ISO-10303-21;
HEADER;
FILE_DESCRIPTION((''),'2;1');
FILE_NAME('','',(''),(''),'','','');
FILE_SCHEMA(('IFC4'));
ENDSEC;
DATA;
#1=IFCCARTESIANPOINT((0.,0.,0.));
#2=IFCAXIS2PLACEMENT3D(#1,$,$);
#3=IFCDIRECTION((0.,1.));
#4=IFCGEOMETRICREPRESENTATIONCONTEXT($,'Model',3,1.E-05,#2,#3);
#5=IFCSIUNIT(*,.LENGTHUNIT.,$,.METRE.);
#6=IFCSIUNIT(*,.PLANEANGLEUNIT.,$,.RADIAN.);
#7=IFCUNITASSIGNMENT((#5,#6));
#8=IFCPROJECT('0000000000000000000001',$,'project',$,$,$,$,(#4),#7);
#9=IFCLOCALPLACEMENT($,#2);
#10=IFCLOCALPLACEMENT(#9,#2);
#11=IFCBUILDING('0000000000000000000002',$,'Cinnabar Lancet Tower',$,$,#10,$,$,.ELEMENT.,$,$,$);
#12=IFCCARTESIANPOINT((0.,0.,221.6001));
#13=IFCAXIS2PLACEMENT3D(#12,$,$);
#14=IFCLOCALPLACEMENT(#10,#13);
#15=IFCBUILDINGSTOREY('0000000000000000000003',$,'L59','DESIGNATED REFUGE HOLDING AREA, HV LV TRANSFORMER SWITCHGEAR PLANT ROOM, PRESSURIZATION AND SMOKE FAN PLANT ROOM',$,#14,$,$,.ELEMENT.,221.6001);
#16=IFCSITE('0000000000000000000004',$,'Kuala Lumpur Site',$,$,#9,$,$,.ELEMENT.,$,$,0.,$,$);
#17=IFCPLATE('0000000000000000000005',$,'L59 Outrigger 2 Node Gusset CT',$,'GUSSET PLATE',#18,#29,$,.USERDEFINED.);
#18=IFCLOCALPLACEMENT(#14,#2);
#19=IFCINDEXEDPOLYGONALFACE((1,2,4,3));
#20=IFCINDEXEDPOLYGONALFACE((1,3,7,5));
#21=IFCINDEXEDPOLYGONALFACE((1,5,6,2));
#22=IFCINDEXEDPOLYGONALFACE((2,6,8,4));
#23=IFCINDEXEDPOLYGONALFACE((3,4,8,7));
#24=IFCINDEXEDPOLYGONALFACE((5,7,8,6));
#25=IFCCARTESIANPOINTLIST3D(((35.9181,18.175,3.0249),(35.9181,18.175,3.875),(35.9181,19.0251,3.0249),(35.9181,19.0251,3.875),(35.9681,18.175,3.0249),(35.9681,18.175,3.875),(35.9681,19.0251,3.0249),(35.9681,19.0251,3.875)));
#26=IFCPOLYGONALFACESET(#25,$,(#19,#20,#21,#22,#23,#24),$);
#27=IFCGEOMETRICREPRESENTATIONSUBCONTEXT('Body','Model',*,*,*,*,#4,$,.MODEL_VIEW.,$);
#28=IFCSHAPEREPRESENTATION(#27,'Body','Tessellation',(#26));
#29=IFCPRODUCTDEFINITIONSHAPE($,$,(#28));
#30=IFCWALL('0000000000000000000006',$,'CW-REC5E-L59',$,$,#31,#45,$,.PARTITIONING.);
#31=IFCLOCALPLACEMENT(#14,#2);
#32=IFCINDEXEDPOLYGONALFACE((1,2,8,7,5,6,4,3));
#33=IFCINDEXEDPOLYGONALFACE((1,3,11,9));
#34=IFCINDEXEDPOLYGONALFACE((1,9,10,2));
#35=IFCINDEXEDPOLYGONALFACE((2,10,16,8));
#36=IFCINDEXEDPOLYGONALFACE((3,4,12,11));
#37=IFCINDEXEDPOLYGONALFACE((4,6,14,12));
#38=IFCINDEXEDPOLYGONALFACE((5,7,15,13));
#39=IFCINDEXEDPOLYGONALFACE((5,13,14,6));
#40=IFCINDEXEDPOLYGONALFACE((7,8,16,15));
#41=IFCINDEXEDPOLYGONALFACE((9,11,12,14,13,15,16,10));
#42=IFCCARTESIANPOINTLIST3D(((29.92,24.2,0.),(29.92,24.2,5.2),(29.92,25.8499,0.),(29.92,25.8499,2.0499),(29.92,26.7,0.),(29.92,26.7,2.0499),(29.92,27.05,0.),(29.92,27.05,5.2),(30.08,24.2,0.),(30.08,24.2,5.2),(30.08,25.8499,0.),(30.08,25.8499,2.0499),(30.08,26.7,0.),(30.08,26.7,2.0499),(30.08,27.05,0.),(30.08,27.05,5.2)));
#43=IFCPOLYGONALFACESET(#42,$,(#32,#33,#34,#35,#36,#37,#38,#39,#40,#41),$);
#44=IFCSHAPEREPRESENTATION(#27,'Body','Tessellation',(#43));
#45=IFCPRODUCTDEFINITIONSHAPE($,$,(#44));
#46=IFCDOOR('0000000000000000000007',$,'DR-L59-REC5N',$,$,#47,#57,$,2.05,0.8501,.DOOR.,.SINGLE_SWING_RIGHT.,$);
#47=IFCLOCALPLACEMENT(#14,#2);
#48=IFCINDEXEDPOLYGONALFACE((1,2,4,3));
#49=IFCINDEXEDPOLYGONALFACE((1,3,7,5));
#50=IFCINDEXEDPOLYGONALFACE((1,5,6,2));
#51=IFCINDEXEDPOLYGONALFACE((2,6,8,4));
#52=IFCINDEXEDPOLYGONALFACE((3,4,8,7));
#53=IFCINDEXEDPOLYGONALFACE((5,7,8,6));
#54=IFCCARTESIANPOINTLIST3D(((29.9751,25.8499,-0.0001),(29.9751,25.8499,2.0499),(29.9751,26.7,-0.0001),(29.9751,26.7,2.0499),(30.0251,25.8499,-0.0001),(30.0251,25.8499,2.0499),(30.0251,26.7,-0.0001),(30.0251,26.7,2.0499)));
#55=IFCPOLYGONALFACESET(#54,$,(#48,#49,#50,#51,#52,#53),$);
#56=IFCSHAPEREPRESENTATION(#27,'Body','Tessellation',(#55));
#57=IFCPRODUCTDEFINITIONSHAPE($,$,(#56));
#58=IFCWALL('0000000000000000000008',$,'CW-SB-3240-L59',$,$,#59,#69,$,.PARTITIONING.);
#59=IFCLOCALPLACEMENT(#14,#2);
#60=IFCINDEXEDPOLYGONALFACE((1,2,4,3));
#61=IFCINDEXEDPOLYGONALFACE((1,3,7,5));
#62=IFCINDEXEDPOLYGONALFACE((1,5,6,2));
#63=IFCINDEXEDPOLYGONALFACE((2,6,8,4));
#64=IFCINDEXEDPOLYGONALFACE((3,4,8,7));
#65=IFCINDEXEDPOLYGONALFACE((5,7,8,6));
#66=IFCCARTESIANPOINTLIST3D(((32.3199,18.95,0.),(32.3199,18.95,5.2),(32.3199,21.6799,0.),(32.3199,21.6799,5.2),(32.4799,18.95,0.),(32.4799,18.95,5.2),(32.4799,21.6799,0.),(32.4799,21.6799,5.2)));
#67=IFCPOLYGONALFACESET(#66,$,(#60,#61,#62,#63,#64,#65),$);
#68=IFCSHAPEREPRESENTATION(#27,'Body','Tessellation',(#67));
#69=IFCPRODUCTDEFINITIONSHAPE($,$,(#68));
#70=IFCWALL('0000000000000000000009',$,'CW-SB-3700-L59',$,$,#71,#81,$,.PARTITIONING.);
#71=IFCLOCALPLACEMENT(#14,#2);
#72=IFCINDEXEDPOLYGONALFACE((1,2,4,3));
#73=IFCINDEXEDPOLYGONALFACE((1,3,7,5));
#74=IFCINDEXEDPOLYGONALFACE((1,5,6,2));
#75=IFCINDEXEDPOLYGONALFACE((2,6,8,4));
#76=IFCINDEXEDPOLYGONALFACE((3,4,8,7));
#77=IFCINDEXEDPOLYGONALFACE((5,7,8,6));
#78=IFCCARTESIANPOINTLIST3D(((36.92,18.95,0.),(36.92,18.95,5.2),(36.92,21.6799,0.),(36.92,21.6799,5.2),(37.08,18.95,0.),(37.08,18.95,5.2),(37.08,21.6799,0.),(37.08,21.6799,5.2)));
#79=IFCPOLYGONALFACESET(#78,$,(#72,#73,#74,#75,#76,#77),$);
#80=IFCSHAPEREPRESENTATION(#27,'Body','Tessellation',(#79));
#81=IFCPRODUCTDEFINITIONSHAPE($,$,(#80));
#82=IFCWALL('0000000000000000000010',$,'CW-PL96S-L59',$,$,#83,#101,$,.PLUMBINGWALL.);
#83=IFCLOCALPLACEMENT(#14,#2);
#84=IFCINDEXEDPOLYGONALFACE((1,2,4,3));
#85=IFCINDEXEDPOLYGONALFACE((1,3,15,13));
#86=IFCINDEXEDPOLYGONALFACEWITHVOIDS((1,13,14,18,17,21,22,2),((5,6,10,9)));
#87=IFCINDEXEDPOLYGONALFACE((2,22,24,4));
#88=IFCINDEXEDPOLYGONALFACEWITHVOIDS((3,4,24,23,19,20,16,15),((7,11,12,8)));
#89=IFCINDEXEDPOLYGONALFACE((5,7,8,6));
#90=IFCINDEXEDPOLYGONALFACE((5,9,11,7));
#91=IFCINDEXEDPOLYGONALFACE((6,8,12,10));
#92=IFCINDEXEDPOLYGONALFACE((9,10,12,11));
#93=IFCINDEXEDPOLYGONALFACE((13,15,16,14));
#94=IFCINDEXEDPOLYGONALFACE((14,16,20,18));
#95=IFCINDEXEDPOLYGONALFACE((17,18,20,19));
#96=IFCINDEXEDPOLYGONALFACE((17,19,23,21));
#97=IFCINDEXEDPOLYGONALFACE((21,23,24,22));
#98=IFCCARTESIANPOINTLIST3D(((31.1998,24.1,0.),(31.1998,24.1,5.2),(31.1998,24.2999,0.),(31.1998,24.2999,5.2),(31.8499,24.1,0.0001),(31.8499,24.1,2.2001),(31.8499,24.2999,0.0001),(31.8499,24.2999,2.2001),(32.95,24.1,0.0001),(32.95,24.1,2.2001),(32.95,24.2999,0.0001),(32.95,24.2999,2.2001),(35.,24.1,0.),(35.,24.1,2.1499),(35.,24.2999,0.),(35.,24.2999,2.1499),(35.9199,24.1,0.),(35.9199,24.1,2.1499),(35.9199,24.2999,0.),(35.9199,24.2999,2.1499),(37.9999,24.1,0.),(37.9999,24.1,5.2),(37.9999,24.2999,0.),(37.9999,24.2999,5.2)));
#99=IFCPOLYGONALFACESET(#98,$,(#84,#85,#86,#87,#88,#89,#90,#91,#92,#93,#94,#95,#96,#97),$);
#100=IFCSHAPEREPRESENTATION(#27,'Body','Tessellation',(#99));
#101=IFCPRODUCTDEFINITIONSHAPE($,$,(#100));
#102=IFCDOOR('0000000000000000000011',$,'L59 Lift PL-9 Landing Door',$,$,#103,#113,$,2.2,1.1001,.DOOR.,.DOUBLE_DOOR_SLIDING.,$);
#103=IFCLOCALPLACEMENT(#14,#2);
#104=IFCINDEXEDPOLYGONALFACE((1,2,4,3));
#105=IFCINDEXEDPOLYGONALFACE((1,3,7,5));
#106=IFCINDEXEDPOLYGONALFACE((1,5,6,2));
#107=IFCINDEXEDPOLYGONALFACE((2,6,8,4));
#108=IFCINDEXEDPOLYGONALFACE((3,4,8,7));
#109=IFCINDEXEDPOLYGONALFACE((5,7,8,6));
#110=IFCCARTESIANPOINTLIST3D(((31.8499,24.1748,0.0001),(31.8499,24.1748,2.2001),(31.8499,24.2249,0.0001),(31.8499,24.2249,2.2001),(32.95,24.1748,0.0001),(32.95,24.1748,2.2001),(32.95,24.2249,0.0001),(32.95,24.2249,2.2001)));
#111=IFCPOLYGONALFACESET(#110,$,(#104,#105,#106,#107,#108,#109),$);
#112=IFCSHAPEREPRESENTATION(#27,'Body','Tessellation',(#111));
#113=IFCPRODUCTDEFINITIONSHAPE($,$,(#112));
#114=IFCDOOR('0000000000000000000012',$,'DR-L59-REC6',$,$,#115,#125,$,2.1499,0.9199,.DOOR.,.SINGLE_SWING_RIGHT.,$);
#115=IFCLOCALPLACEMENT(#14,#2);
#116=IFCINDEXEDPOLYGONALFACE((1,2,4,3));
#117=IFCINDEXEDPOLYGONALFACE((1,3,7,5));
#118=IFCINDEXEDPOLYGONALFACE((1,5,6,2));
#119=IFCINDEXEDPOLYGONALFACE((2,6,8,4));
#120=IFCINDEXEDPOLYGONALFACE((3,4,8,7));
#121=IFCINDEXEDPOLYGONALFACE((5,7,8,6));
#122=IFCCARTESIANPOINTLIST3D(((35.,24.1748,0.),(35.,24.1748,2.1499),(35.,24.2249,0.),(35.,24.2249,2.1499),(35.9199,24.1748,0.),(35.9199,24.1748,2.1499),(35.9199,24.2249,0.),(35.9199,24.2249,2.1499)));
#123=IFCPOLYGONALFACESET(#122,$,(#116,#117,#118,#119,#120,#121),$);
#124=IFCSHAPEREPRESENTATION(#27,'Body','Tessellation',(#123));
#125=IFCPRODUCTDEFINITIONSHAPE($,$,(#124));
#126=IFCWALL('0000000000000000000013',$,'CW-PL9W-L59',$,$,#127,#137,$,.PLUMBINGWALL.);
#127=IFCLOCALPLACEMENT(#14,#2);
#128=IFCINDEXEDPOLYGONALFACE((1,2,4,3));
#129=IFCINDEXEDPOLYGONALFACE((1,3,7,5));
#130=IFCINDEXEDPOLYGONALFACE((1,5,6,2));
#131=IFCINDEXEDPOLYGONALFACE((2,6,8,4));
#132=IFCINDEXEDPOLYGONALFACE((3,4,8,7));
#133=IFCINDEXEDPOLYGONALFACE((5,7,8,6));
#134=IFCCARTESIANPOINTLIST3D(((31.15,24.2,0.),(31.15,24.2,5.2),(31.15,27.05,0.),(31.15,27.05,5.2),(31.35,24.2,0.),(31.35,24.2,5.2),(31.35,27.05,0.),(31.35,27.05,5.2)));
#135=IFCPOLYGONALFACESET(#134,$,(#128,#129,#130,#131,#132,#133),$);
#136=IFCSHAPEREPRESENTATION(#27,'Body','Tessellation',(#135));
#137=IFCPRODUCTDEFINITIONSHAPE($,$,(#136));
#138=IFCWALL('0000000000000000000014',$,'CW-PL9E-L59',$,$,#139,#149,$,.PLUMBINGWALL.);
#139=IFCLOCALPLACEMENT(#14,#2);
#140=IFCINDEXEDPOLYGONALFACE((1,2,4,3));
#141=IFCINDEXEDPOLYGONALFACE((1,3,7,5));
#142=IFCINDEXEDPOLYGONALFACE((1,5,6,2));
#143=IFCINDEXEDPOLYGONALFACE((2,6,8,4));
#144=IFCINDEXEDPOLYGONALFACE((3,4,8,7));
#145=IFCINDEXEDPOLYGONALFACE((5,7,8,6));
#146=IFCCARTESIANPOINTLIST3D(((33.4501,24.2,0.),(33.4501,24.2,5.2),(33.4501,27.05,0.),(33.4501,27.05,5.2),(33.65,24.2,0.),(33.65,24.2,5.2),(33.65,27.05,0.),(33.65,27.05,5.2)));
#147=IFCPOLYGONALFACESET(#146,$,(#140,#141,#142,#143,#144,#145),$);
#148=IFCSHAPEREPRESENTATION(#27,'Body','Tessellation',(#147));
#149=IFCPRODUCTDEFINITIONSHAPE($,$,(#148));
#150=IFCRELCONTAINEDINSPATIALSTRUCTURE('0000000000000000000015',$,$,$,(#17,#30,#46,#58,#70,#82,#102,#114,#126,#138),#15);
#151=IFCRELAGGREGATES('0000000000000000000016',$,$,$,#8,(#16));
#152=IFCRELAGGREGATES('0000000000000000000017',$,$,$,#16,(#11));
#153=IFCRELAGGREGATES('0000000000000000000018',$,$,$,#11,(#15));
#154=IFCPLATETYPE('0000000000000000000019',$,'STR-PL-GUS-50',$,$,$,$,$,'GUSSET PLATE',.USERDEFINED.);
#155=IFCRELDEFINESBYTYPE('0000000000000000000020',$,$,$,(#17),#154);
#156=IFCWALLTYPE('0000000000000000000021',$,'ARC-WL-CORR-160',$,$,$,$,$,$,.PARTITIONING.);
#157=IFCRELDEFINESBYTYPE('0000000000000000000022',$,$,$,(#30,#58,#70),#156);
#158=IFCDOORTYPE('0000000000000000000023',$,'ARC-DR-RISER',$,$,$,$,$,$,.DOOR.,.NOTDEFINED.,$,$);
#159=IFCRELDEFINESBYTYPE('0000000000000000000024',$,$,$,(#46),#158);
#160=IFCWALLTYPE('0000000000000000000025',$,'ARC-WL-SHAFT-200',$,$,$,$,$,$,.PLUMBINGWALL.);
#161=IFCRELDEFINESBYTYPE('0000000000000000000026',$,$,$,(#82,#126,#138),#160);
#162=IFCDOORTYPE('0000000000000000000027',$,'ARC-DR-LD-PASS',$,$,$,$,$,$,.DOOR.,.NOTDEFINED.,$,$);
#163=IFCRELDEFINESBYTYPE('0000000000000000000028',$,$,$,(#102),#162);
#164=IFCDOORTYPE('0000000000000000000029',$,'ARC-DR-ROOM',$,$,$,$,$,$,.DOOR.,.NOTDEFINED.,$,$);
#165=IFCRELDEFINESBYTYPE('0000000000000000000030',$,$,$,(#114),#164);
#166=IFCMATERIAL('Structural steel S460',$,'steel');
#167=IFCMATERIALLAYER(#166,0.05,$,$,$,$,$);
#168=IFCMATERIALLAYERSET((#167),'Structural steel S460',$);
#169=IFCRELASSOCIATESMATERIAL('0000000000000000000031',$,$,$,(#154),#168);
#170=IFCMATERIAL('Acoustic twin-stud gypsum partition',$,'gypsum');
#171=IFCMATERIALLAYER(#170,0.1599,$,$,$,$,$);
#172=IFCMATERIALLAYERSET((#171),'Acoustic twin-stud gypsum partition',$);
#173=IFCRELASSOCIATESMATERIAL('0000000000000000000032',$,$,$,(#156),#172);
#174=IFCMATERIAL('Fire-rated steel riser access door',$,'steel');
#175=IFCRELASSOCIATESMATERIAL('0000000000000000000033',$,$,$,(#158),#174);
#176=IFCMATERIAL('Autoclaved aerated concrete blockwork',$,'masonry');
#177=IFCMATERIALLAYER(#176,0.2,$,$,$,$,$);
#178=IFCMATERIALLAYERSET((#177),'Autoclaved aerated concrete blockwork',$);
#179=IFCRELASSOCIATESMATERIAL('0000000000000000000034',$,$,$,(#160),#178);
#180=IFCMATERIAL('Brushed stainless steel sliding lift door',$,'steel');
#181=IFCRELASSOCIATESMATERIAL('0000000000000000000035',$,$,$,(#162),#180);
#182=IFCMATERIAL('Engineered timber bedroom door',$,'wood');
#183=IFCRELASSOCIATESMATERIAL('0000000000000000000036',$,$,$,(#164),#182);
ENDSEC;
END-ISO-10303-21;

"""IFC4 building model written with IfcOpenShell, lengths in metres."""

from ifc_helpers import new_model, si_unit, direction, frame, frame_2d, origin, origin_2d, place, context, subcontext, project, spatial, rectangle, extrude, material, layer, layer_set, type_object, element, fill, save


model = new_model("IFC4")

# Units and contexts
model_context = context("Model", 3, precision=1e-05, world=origin(), true_north=direction((0.0, 1.0)))
body_context = subcontext(model_context, "Body", "Model", "MODEL_VIEW")
ifc_project = project(units=[si_unit("LENGTHUNIT", "METRE"), si_unit("PLANEANGLEUNIT", "RADIAN")], contexts=[model_context])

# Site, building, storey
site_placement = place(None, origin())
site = spatial("IfcSite", under=ifc_project, at=site_placement, Name="Kuala Lumpur Site", CompositionType="ELEMENT", RefElevation=0.0)
building_placement = place(site_placement, origin())
building = spatial("IfcBuilding", under=site, at=building_placement, Name="Cinnabar Lancet Tower", CompositionType="ELEMENT")
storey_placement = place(building_placement, frame((0.0, 0.0, 221.6001)))
storey = spatial("IfcBuildingStorey", under=building, at=storey_placement, Name="L59", Description="DESIGNATED REFUGE HOLDING AREA, HV LV TRANSFORMER SWITCHGEAR PLANT ROOM, PRESSURIZATION AND SMOKE FAN PLANT ROOM", CompositionType="ELEMENT", Elevation=221.6001)

# Plate
ifc_material_1 = material(Name="Structural steel S460", Category="steel")
ifc_layer_1 = layer(ifc_material_1, 0.05)
ifc_layer_set_1 = layer_set([ifc_layer_1], Name="Structural steel S460")
plate_type_1 = type_object("IfcPlateType", Name="STR-PL-GUS-50", ElementType="GUSSET PLATE", PredefinedType="USERDEFINED", material=ifc_layer_set_1)
for number, where, z_axis, x_axis, name in (
    (1, (35.9431, 18.6001, 3.0249), (0.0, 0.0, 1.0), (1.0, 0.0, 0.0), "L59 Outrigger 2 Node Gusset CT"),
):
    element("IfcPlate", number, at=place(storey_placement, frame(where, z_axis=z_axis, x_axis=x_axis)), inside=storey, type_object=plate_type_1, Name=name, ObjectType="GUSSET PLATE", PredefinedType="USERDEFINED", context=body_context, shape_type="SweptSolid", body=[
        extrude(rectangle(XDim=0.05, YDim=0.8501, at=origin_2d()), origin(), (0.0, 0.0, 1.0), 0.8501),
    ])

# Wall, opening, door
ifc_material_2 = material(Name="Acoustic twin-stud gypsum partition", Category="gypsum")
ifc_layer_2 = layer(ifc_material_2, 0.1599)
ifc_layer_set_2 = layer_set([ifc_layer_2], Name="Acoustic twin-stud gypsum partition")
wall_type_1 = type_object("IfcWallType", Name="ARC-WL-CORR-160", PredefinedType="PARTITIONING", material=ifc_layer_set_2)
wall_1_placement = place(storey_placement, frame((30.0, 24.2, 0.0), z_axis=(0.0, 0.0, 1.0), x_axis=(0.0, 1.0, 0.0)))
wall_1 = element("IfcWall", 2, at=wall_1_placement, inside=storey, type_object=wall_type_1, Name="CW-REC5E-L59", PredefinedType="PARTITIONING", context=body_context, shape_type="SweptSolid", body=[
    extrude(rectangle(XDim=2.8501, YDim=0.1599, at=frame_2d((1.425, 0.0))), origin(), (0.0, 0.0, 1.0), 5.2),
])
opening_1_placement = place(wall_1_placement, frame((1.6499, 0.0, 0.0)))
opening_1 = element("IfcOpeningElement", 3, at=opening_1_placement, cuts=wall_1, PredefinedType="OPENING", context=body_context, shape_type="SweptSolid", body=[
    extrude(rectangle(XDim=0.8501, YDim=2.05, at=frame_2d((0.425, 1.0249))), frame((0.0, 0.0898, 0.0), z_axis=(0.0, -1.0, 0.0), x_axis=(1.0, 0.0, 0.0)), (0.0, 0.0, 1.0), 0.1799),
])
ifc_material_3 = material(Name="Fire-rated steel riser access door", Category="steel")
door_type_1 = type_object("IfcDoorType", Name="ARC-DR-RISER", OperationType="NOTDEFINED", PredefinedType="DOOR", material=ifc_material_3)
door_1_placement = place(opening_1_placement, origin())
door_1 = element("IfcDoor", 4, at=door_1_placement, inside=storey, type_object=door_type_1, Name="DR-L59-REC5N", OperationType="SINGLE_SWING_RIGHT", OverallHeight=2.05, OverallWidth=0.8501, PredefinedType="DOOR", context=body_context, shape_type="SweptSolid", body=[
    extrude(rectangle(XDim=0.8501, YDim=2.05, at=frame_2d((0.425, 1.0249))), frame((0.0, 0.0249, 0.0), z_axis=(0.0, -1.0, 0.0), x_axis=(1.0, 0.0, 0.0)), (0.0, 0.0, 1.0), 0.05),
])
fill(opening_1, door_1)

# Walls
for number, where, z_axis, x_axis, name in (
    (5, (32.3999, 18.95, 0.0), (0.0, 0.0, 1.0), (0.0, 1.0, 0.0), "CW-SB-3240-L59"),
    (6, (37.0, 18.95, 0.0), (0.0, 0.0, 1.0), (0.0, 1.0, 0.0), "CW-SB-3700-L59"),
):
    element("IfcWall", number, at=place(storey_placement, frame(where, z_axis=z_axis, x_axis=x_axis)), inside=storey, type_object=wall_type_1, Name=name, PredefinedType="PARTITIONING", context=body_context, shape_type="SweptSolid", body=[
        extrude(rectangle(XDim=2.73, YDim=0.1599, at=frame_2d((1.365, 0.0))), origin(), (0.0, 0.0, 1.0), 5.2),
    ])

# Wall, openings, doors
ifc_material_4 = material(Name="Autoclaved aerated concrete blockwork", Category="masonry")
ifc_layer_3 = layer(ifc_material_4, 0.2)
ifc_layer_set_3 = layer_set([ifc_layer_3], Name="Autoclaved aerated concrete blockwork")
wall_type_2 = type_object("IfcWallType", Name="ARC-WL-SHAFT-200", PredefinedType="PLUMBINGWALL", material=ifc_layer_set_3)
wall_2_placement = place(storey_placement, frame((31.2, 24.2, 0.0), z_axis=(0.0, 0.0, 1.0), x_axis=(1.0, 0.0, 0.0)))
wall_2 = element("IfcWall", 7, at=wall_2_placement, inside=storey, type_object=wall_type_2, Name="CW-PL96S-L59", PredefinedType="PLUMBINGWALL", context=body_context, shape_type="SweptSolid", body=[
    extrude(rectangle(XDim=6.8, YDim=0.2, at=frame_2d((3.3999, 0.0))), origin(), (0.0, 0.0, 1.0), 5.2),
])
opening_2_placement = place(wall_2_placement, frame((0.6499, 0.0, 0.0)))
opening_2 = element("IfcOpeningElement", 8, at=opening_2_placement, cuts=wall_2, PredefinedType="OPENING", context=body_context, shape_type="SweptSolid", body=[
    extrude(rectangle(XDim=1.1001, YDim=2.2, at=frame_2d((0.55, 1.1001))), frame((0.0, 0.1099, 0.0), z_axis=(0.0, -1.0, 0.0), x_axis=(1.0, 0.0, 0.0)), (0.0, 0.0, 1.0), 0.22),
])
opening_3_placement = place(wall_2_placement, frame((3.8, 0.0, 0.0)))
opening_3 = element("IfcOpeningElement", 9, at=opening_3_placement, cuts=wall_2, PredefinedType="OPENING", context=body_context, shape_type="SweptSolid", body=[
    extrude(rectangle(XDim=0.9199, YDim=2.1499, at=frame_2d((0.46, 1.075))), frame((0.0, 0.1099, 0.0), z_axis=(0.0, -1.0, 0.0), x_axis=(1.0, 0.0, 0.0)), (0.0, 0.0, 1.0), 0.22),
])
ifc_material_5 = material(Name="Brushed stainless steel sliding lift door", Category="steel")
door_type_2 = type_object("IfcDoorType", Name="ARC-DR-LD-PASS", OperationType="NOTDEFINED", PredefinedType="DOOR", material=ifc_material_5)
door_2_placement = place(opening_2_placement, origin())
door_2 = element("IfcDoor", 10, at=door_2_placement, inside=storey, type_object=door_type_2, Name="L59 Lift PL-9 Landing Door", OperationType="DOUBLE_DOOR_SLIDING", OverallHeight=2.2, OverallWidth=1.1001, PredefinedType="DOOR", context=body_context, shape_type="SweptSolid", body=[
    extrude(rectangle(XDim=1.1001, YDim=2.2, at=frame_2d((0.55, 1.1001))), frame((0.0, 0.0249, 0.0), z_axis=(0.0, -1.0, 0.0), x_axis=(1.0, 0.0, 0.0)), (0.0, 0.0, 1.0), 0.05),
])
fill(opening_2, door_2)
ifc_material_6 = material(Name="Engineered timber bedroom door", Category="wood")
door_type_3 = type_object("IfcDoorType", Name="ARC-DR-ROOM", OperationType="NOTDEFINED", PredefinedType="DOOR", material=ifc_material_6)
door_3_placement = place(opening_3_placement, origin())
door_3 = element("IfcDoor", 11, at=door_3_placement, inside=storey, type_object=door_type_3, Name="DR-L59-REC6", OperationType="SINGLE_SWING_RIGHT", OverallHeight=2.1499, OverallWidth=0.9199, PredefinedType="DOOR", context=body_context, shape_type="SweptSolid", body=[
    extrude(rectangle(XDim=0.9199, YDim=2.1499, at=frame_2d((0.46, 1.075))), frame((0.0, 0.0249, 0.0), z_axis=(0.0, -1.0, 0.0), x_axis=(1.0, 0.0, 0.0)), (0.0, 0.0, 1.0), 0.05),
])
fill(opening_3, door_3)

# Walls
for number, where, z_axis, x_axis, name in (
    (12, (31.25, 24.2, 0.0), (0.0, 0.0, 1.0), (0.0, 1.0, 0.0), "CW-PL9W-L59"),
    (13, (33.55, 24.2, 0.0), (0.0, 0.0, 1.0), (0.0, 1.0, 0.0), "CW-PL9E-L59"),
):
    element("IfcWall", number, at=place(storey_placement, frame(where, z_axis=z_axis, x_axis=x_axis)), inside=storey, type_object=wall_type_2, Name=name, PredefinedType="PLUMBINGWALL", context=body_context, shape_type="SweptSolid", body=[
        extrude(rectangle(XDim=2.8501, YDim=0.2, at=frame_2d((1.425, 0.0))), origin(), (0.0, 0.0, 1.0), 5.2),
    ])

save(model, "model.ifc")
